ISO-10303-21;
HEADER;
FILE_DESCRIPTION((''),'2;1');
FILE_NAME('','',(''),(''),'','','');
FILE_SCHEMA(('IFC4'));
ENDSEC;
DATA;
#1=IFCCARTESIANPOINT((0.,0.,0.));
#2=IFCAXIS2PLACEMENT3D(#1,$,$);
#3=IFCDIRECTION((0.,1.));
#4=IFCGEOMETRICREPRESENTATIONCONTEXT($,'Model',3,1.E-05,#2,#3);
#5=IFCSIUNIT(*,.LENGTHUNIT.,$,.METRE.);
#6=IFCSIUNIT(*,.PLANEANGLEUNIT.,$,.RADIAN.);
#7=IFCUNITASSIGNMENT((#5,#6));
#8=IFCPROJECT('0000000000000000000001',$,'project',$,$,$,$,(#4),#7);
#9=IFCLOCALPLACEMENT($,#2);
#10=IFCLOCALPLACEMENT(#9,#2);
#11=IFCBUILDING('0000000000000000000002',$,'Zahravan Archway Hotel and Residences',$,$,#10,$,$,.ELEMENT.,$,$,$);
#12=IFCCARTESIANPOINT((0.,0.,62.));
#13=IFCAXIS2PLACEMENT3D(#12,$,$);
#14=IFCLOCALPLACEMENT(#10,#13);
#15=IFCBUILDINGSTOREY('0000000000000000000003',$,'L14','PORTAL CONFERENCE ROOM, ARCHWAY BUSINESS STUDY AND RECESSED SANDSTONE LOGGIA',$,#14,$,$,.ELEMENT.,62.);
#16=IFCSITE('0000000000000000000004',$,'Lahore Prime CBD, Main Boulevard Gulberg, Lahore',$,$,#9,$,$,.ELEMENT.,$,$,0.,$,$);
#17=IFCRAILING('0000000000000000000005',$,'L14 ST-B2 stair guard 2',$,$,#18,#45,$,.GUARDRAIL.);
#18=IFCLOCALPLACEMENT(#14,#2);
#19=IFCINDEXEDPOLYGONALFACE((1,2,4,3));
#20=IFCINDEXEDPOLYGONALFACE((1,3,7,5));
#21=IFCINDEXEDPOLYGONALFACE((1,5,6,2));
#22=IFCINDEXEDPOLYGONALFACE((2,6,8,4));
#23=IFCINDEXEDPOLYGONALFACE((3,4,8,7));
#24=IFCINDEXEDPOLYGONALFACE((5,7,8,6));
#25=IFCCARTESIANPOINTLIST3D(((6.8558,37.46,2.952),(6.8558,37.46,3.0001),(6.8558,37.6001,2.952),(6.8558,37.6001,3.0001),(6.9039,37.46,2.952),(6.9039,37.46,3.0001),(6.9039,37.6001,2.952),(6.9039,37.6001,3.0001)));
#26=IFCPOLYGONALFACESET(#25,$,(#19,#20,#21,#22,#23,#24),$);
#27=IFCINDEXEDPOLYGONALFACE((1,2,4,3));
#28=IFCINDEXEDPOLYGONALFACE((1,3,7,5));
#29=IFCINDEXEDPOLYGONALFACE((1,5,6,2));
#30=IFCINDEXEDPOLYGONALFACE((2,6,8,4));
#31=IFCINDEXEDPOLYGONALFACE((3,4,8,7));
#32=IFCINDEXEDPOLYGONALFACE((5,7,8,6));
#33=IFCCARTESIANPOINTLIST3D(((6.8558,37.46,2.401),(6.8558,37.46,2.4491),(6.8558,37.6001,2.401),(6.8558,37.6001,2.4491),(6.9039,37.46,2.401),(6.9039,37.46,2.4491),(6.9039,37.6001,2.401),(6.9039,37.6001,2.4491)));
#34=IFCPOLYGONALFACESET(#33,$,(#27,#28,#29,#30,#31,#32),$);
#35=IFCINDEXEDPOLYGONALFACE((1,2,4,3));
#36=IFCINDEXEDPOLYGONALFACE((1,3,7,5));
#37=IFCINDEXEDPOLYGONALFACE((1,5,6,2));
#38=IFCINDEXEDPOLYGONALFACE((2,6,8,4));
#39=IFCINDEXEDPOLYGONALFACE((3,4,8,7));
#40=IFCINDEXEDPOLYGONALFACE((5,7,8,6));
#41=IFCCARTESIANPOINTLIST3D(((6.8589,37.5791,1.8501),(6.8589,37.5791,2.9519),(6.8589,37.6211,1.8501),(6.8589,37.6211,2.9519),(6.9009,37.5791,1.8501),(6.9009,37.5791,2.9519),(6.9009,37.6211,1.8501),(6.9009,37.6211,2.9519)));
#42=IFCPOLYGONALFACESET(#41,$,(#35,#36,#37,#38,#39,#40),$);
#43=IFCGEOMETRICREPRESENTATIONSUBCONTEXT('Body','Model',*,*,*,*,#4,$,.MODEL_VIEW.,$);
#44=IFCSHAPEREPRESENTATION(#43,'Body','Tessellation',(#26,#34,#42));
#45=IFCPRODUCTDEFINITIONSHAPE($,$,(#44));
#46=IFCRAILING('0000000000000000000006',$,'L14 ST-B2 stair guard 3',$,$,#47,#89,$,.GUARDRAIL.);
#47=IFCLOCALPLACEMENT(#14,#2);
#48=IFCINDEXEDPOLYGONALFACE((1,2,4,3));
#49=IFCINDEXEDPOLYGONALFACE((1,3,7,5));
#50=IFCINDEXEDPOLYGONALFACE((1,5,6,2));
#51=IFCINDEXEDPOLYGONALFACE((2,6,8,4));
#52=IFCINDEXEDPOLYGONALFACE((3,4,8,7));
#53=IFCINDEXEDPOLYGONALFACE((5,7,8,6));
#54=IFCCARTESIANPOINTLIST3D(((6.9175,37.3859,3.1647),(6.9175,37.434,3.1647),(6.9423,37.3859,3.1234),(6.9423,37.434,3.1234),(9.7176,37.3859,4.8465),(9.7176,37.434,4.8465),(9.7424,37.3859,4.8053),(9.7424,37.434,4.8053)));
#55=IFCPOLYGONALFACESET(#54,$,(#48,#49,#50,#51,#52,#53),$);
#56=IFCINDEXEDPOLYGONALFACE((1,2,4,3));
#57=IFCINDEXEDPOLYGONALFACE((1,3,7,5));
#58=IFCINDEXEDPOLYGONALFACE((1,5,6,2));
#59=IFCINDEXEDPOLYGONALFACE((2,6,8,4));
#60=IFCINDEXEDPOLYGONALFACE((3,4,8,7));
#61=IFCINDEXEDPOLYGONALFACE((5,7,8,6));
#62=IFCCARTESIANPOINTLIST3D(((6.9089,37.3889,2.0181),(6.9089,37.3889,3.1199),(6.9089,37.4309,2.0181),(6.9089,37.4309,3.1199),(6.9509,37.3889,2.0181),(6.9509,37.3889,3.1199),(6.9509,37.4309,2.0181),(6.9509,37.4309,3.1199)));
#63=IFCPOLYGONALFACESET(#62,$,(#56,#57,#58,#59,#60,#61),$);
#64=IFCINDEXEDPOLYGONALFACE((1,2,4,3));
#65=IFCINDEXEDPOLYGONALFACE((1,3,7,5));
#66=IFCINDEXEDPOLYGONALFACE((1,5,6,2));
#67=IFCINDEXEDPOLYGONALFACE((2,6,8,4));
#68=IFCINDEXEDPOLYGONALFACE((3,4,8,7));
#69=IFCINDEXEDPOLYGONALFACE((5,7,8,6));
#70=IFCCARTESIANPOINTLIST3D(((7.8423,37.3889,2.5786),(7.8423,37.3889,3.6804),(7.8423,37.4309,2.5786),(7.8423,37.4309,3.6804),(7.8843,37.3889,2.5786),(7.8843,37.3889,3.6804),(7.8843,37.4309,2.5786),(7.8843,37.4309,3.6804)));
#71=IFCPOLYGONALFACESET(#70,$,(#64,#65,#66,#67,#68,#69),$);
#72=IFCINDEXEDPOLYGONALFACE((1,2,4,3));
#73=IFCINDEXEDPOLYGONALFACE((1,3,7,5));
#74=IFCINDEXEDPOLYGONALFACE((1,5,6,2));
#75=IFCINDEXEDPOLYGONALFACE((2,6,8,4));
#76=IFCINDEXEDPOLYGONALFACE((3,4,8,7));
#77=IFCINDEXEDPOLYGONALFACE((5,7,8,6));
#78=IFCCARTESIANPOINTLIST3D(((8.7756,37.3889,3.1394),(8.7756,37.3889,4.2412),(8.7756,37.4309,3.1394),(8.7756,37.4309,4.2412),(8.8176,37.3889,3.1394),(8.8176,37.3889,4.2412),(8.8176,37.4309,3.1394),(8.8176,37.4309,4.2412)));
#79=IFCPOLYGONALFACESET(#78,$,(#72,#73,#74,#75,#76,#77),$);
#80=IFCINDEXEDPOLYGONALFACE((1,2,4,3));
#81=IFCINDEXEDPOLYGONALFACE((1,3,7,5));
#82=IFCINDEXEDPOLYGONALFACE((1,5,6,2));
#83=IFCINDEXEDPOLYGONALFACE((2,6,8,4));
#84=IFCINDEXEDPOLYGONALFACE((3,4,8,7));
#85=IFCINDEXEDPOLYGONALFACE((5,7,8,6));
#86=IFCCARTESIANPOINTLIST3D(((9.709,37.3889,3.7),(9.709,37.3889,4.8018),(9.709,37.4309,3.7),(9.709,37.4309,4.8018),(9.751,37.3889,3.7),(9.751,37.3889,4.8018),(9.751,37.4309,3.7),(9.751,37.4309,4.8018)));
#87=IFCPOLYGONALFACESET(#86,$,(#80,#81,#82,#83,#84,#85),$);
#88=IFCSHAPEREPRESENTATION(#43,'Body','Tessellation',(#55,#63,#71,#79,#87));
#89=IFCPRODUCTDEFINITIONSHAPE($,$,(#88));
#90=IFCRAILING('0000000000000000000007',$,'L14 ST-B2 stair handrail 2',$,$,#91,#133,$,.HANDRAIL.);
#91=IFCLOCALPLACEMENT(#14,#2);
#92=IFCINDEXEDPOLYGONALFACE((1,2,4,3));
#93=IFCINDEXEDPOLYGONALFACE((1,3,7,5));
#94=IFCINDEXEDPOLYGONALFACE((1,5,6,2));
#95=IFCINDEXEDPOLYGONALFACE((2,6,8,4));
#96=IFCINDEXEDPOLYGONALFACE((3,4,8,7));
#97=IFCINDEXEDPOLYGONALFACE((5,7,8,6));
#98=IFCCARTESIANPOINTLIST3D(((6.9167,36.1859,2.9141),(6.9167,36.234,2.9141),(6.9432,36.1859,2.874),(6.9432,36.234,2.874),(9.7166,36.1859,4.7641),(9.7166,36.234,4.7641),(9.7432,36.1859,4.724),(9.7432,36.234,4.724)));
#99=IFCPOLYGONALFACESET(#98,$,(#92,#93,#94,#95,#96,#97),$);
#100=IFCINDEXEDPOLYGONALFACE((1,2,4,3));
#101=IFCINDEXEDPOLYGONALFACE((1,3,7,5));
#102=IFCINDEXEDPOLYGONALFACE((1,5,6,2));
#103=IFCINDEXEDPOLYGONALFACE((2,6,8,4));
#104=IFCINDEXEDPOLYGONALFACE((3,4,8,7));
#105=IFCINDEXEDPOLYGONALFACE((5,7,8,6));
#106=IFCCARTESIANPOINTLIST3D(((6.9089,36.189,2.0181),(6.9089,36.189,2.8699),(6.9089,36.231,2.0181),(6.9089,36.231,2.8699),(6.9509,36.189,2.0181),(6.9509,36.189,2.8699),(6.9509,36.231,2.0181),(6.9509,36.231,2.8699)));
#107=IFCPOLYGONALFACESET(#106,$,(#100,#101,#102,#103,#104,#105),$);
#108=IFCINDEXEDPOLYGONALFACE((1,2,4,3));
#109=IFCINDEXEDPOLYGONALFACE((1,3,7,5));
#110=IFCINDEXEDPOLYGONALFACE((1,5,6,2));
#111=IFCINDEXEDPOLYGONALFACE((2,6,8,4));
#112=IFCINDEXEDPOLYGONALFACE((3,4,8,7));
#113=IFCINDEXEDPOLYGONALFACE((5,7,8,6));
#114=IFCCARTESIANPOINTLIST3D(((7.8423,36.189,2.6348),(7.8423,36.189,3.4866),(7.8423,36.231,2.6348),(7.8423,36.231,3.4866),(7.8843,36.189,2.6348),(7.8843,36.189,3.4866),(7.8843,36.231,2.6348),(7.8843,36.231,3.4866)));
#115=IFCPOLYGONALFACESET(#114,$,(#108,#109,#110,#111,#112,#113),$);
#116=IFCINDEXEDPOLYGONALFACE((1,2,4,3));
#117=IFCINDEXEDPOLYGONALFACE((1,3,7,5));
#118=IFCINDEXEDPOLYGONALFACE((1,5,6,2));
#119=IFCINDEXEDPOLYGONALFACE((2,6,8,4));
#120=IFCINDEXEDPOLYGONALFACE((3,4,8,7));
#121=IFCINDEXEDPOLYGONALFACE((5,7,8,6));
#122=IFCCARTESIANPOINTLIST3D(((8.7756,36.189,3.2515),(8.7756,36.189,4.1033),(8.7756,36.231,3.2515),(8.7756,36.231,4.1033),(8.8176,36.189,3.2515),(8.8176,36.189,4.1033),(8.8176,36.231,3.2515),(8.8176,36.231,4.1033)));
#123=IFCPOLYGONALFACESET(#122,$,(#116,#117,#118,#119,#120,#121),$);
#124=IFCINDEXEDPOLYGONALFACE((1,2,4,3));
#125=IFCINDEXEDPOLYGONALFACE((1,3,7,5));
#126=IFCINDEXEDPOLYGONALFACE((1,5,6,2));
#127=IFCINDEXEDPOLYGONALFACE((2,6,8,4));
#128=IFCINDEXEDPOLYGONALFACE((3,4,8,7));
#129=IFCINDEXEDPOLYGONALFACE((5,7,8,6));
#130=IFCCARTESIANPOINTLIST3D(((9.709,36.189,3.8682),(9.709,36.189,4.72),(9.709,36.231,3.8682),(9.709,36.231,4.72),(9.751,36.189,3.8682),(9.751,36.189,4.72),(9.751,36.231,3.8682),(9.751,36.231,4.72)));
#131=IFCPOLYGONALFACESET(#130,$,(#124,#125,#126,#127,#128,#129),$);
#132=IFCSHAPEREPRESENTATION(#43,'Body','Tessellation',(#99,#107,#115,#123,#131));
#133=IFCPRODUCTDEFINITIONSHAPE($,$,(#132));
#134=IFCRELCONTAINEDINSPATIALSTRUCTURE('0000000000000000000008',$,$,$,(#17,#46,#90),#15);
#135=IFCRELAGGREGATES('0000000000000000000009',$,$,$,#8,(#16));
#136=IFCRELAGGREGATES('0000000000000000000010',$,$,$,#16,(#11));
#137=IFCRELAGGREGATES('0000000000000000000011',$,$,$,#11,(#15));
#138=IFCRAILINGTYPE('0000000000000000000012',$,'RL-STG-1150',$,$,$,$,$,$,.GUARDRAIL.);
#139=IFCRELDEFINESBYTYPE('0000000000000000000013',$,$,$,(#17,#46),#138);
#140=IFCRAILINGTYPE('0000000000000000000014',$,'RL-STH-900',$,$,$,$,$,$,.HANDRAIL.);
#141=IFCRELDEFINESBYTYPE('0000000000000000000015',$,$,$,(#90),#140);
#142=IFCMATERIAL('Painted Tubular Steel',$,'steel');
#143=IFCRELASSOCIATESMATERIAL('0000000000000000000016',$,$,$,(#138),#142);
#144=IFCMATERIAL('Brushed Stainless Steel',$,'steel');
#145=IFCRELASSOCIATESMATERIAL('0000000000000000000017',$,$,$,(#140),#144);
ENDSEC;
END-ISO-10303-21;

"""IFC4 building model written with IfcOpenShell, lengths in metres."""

from ifc_helpers import new_model, si_unit, direction, frame, origin, origin_2d, place, context, subcontext, project, spatial, rectangle, extrude, material, type_object, element, save


model = new_model("IFC4")

# Units and contexts
model_context = context("Model", 3, precision=1e-05, world=origin(), true_north=direction((0.0, 1.0)))
body_context = subcontext(model_context, "Body", "Model", "MODEL_VIEW")
ifc_project = project(units=[si_unit("LENGTHUNIT", "METRE"), si_unit("PLANEANGLEUNIT", "RADIAN")], contexts=[model_context])

# Site, building, storey
site_placement = place(None, origin())
site = spatial("IfcSite", under=ifc_project, at=site_placement, Name="Lahore Prime CBD, Main Boulevard Gulberg, Lahore", CompositionType="ELEMENT", RefElevation=0.0)
building_placement = place(site_placement, origin())
building = spatial("IfcBuilding", under=site, at=building_placement, Name="Zahravan Archway Hotel and Residences", CompositionType="ELEMENT")
storey_placement = place(building_placement, frame((0.0, 0.0, 62.0)))
storey = spatial("IfcBuildingStorey", under=building, at=storey_placement, Name="L14", Description="PORTAL CONFERENCE ROOM, ARCHWAY BUSINESS STUDY AND RECESSED SANDSTONE LOGGIA", CompositionType="ELEMENT", Elevation=62.0)

# Railings
ifc_material_1 = material(Name="Painted Tubular Steel", Category="steel")
railing_type_1 = type_object("IfcRailingType", Name="RL-STG-1150", PredefinedType="GUARDRAIL", material=ifc_material_1)
railing_1_placement = place(storey_placement, frame((6.8799, 37.6001, 1.8501)))
element("IfcRailing", 1, at=railing_1_placement, inside=storey, type_object=railing_type_1, Name="L14 ST-B2 stair guard 2", PredefinedType="GUARDRAIL", context=body_context, shape_type="SweptSolid", body=[
    extrude(rectangle(XDim=0.0481, YDim=0.0481, at=origin_2d()), frame((0.0, 0.0, 1.126), z_axis=(0.0, -1.0, 0.0), x_axis=(1.0, 0.0, 0.0)), (0.0, 0.0, 1.0), 0.1401),
    extrude(rectangle(XDim=0.0481, YDim=0.0481, at=origin_2d()), frame((0.0, 0.0, 0.575), z_axis=(0.0, -1.0, 0.0), x_axis=(1.0, 0.0, 0.0)), (0.0, 0.0, 1.0), 0.1401),
    extrude(rectangle(XDim=0.042, YDim=0.042, at=origin_2d()), origin(), (0.0, 0.0, 1.0), 1.1018),
])
railing_2_placement = place(storey_placement, frame((6.9299, 37.4099, 2.0181)))
element("IfcRailing", 2, at=railing_2_placement, inside=storey, type_object=railing_type_1, Name="L14 ST-B2 stair guard 3", PredefinedType="GUARDRAIL", context=body_context, shape_type="SweptSolid", body=[
    extrude(rectangle(XDim=0.0481, YDim=0.0481, at=origin_2d()), frame((0.0, 0.0, 1.126), z_axis=(0.857242, 0.0, 0.514913), x_axis=(0.0, 1.0, 0.0)), (0.0, 0.0, 1.0), 3.2664),
    extrude(rectangle(XDim=0.042, YDim=0.042, at=origin_2d()), origin(), (0.0, 0.0, 1.0), 1.1018),
    extrude(rectangle(XDim=0.042, YDim=0.042, at=origin_2d()), frame((0.9333, 0.0, 0.5605)), (0.0, 0.0, 1.0), 1.1018),
    extrude(rectangle(XDim=0.042, YDim=0.042, at=origin_2d()), frame((1.8667, 0.0, 1.1213)), (0.0, 0.0, 1.0), 1.1018),
    extrude(rectangle(XDim=0.042, YDim=0.042, at=origin_2d()), frame((2.8, 0.0, 1.6819)), (0.0, 0.0, 1.0), 1.1018),
])
ifc_material_2 = material(Name="Brushed Stainless Steel", Category="steel")
railing_type_2 = type_object("IfcRailingType", Name="RL-STH-900", PredefinedType="HANDRAIL", material=ifc_material_2)
railing_3_placement = place(storey_placement, frame((6.9299, 36.21, 2.0181)))
element("IfcRailing", 3, at=railing_3_placement, inside=storey, type_object=railing_type_2, Name="L14 ST-B2 stair handrail 2", PredefinedType="HANDRAIL", context=body_context, shape_type="SweptSolid", body=[
    extrude(rectangle(XDim=0.0481, YDim=0.0481, at=origin_2d()), frame((0.0, 0.0, 0.876), z_axis=(0.834326, 0.0, 0.551271), x_axis=(0.0, 1.0, 0.0)), (0.0, 0.0, 1.0), 3.356),
    extrude(rectangle(XDim=0.042, YDim=0.042, at=origin_2d()), origin(), (0.0, 0.0, 1.0), 0.8518),
    extrude(rectangle(XDim=0.042, YDim=0.042, at=origin_2d()), frame((0.9333, 0.0, 0.6167)), (0.0, 0.0, 1.0), 0.8518),
    extrude(rectangle(XDim=0.042, YDim=0.042, at=origin_2d()), frame((1.8667, 0.0, 1.2334)), (0.0, 0.0, 1.0), 0.8518),
    extrude(rectangle(XDim=0.042, YDim=0.042, at=origin_2d()), frame((2.8, 0.0, 1.8501)), (0.0, 0.0, 1.0), 0.8518),
])

save(model, "model.ifc")
